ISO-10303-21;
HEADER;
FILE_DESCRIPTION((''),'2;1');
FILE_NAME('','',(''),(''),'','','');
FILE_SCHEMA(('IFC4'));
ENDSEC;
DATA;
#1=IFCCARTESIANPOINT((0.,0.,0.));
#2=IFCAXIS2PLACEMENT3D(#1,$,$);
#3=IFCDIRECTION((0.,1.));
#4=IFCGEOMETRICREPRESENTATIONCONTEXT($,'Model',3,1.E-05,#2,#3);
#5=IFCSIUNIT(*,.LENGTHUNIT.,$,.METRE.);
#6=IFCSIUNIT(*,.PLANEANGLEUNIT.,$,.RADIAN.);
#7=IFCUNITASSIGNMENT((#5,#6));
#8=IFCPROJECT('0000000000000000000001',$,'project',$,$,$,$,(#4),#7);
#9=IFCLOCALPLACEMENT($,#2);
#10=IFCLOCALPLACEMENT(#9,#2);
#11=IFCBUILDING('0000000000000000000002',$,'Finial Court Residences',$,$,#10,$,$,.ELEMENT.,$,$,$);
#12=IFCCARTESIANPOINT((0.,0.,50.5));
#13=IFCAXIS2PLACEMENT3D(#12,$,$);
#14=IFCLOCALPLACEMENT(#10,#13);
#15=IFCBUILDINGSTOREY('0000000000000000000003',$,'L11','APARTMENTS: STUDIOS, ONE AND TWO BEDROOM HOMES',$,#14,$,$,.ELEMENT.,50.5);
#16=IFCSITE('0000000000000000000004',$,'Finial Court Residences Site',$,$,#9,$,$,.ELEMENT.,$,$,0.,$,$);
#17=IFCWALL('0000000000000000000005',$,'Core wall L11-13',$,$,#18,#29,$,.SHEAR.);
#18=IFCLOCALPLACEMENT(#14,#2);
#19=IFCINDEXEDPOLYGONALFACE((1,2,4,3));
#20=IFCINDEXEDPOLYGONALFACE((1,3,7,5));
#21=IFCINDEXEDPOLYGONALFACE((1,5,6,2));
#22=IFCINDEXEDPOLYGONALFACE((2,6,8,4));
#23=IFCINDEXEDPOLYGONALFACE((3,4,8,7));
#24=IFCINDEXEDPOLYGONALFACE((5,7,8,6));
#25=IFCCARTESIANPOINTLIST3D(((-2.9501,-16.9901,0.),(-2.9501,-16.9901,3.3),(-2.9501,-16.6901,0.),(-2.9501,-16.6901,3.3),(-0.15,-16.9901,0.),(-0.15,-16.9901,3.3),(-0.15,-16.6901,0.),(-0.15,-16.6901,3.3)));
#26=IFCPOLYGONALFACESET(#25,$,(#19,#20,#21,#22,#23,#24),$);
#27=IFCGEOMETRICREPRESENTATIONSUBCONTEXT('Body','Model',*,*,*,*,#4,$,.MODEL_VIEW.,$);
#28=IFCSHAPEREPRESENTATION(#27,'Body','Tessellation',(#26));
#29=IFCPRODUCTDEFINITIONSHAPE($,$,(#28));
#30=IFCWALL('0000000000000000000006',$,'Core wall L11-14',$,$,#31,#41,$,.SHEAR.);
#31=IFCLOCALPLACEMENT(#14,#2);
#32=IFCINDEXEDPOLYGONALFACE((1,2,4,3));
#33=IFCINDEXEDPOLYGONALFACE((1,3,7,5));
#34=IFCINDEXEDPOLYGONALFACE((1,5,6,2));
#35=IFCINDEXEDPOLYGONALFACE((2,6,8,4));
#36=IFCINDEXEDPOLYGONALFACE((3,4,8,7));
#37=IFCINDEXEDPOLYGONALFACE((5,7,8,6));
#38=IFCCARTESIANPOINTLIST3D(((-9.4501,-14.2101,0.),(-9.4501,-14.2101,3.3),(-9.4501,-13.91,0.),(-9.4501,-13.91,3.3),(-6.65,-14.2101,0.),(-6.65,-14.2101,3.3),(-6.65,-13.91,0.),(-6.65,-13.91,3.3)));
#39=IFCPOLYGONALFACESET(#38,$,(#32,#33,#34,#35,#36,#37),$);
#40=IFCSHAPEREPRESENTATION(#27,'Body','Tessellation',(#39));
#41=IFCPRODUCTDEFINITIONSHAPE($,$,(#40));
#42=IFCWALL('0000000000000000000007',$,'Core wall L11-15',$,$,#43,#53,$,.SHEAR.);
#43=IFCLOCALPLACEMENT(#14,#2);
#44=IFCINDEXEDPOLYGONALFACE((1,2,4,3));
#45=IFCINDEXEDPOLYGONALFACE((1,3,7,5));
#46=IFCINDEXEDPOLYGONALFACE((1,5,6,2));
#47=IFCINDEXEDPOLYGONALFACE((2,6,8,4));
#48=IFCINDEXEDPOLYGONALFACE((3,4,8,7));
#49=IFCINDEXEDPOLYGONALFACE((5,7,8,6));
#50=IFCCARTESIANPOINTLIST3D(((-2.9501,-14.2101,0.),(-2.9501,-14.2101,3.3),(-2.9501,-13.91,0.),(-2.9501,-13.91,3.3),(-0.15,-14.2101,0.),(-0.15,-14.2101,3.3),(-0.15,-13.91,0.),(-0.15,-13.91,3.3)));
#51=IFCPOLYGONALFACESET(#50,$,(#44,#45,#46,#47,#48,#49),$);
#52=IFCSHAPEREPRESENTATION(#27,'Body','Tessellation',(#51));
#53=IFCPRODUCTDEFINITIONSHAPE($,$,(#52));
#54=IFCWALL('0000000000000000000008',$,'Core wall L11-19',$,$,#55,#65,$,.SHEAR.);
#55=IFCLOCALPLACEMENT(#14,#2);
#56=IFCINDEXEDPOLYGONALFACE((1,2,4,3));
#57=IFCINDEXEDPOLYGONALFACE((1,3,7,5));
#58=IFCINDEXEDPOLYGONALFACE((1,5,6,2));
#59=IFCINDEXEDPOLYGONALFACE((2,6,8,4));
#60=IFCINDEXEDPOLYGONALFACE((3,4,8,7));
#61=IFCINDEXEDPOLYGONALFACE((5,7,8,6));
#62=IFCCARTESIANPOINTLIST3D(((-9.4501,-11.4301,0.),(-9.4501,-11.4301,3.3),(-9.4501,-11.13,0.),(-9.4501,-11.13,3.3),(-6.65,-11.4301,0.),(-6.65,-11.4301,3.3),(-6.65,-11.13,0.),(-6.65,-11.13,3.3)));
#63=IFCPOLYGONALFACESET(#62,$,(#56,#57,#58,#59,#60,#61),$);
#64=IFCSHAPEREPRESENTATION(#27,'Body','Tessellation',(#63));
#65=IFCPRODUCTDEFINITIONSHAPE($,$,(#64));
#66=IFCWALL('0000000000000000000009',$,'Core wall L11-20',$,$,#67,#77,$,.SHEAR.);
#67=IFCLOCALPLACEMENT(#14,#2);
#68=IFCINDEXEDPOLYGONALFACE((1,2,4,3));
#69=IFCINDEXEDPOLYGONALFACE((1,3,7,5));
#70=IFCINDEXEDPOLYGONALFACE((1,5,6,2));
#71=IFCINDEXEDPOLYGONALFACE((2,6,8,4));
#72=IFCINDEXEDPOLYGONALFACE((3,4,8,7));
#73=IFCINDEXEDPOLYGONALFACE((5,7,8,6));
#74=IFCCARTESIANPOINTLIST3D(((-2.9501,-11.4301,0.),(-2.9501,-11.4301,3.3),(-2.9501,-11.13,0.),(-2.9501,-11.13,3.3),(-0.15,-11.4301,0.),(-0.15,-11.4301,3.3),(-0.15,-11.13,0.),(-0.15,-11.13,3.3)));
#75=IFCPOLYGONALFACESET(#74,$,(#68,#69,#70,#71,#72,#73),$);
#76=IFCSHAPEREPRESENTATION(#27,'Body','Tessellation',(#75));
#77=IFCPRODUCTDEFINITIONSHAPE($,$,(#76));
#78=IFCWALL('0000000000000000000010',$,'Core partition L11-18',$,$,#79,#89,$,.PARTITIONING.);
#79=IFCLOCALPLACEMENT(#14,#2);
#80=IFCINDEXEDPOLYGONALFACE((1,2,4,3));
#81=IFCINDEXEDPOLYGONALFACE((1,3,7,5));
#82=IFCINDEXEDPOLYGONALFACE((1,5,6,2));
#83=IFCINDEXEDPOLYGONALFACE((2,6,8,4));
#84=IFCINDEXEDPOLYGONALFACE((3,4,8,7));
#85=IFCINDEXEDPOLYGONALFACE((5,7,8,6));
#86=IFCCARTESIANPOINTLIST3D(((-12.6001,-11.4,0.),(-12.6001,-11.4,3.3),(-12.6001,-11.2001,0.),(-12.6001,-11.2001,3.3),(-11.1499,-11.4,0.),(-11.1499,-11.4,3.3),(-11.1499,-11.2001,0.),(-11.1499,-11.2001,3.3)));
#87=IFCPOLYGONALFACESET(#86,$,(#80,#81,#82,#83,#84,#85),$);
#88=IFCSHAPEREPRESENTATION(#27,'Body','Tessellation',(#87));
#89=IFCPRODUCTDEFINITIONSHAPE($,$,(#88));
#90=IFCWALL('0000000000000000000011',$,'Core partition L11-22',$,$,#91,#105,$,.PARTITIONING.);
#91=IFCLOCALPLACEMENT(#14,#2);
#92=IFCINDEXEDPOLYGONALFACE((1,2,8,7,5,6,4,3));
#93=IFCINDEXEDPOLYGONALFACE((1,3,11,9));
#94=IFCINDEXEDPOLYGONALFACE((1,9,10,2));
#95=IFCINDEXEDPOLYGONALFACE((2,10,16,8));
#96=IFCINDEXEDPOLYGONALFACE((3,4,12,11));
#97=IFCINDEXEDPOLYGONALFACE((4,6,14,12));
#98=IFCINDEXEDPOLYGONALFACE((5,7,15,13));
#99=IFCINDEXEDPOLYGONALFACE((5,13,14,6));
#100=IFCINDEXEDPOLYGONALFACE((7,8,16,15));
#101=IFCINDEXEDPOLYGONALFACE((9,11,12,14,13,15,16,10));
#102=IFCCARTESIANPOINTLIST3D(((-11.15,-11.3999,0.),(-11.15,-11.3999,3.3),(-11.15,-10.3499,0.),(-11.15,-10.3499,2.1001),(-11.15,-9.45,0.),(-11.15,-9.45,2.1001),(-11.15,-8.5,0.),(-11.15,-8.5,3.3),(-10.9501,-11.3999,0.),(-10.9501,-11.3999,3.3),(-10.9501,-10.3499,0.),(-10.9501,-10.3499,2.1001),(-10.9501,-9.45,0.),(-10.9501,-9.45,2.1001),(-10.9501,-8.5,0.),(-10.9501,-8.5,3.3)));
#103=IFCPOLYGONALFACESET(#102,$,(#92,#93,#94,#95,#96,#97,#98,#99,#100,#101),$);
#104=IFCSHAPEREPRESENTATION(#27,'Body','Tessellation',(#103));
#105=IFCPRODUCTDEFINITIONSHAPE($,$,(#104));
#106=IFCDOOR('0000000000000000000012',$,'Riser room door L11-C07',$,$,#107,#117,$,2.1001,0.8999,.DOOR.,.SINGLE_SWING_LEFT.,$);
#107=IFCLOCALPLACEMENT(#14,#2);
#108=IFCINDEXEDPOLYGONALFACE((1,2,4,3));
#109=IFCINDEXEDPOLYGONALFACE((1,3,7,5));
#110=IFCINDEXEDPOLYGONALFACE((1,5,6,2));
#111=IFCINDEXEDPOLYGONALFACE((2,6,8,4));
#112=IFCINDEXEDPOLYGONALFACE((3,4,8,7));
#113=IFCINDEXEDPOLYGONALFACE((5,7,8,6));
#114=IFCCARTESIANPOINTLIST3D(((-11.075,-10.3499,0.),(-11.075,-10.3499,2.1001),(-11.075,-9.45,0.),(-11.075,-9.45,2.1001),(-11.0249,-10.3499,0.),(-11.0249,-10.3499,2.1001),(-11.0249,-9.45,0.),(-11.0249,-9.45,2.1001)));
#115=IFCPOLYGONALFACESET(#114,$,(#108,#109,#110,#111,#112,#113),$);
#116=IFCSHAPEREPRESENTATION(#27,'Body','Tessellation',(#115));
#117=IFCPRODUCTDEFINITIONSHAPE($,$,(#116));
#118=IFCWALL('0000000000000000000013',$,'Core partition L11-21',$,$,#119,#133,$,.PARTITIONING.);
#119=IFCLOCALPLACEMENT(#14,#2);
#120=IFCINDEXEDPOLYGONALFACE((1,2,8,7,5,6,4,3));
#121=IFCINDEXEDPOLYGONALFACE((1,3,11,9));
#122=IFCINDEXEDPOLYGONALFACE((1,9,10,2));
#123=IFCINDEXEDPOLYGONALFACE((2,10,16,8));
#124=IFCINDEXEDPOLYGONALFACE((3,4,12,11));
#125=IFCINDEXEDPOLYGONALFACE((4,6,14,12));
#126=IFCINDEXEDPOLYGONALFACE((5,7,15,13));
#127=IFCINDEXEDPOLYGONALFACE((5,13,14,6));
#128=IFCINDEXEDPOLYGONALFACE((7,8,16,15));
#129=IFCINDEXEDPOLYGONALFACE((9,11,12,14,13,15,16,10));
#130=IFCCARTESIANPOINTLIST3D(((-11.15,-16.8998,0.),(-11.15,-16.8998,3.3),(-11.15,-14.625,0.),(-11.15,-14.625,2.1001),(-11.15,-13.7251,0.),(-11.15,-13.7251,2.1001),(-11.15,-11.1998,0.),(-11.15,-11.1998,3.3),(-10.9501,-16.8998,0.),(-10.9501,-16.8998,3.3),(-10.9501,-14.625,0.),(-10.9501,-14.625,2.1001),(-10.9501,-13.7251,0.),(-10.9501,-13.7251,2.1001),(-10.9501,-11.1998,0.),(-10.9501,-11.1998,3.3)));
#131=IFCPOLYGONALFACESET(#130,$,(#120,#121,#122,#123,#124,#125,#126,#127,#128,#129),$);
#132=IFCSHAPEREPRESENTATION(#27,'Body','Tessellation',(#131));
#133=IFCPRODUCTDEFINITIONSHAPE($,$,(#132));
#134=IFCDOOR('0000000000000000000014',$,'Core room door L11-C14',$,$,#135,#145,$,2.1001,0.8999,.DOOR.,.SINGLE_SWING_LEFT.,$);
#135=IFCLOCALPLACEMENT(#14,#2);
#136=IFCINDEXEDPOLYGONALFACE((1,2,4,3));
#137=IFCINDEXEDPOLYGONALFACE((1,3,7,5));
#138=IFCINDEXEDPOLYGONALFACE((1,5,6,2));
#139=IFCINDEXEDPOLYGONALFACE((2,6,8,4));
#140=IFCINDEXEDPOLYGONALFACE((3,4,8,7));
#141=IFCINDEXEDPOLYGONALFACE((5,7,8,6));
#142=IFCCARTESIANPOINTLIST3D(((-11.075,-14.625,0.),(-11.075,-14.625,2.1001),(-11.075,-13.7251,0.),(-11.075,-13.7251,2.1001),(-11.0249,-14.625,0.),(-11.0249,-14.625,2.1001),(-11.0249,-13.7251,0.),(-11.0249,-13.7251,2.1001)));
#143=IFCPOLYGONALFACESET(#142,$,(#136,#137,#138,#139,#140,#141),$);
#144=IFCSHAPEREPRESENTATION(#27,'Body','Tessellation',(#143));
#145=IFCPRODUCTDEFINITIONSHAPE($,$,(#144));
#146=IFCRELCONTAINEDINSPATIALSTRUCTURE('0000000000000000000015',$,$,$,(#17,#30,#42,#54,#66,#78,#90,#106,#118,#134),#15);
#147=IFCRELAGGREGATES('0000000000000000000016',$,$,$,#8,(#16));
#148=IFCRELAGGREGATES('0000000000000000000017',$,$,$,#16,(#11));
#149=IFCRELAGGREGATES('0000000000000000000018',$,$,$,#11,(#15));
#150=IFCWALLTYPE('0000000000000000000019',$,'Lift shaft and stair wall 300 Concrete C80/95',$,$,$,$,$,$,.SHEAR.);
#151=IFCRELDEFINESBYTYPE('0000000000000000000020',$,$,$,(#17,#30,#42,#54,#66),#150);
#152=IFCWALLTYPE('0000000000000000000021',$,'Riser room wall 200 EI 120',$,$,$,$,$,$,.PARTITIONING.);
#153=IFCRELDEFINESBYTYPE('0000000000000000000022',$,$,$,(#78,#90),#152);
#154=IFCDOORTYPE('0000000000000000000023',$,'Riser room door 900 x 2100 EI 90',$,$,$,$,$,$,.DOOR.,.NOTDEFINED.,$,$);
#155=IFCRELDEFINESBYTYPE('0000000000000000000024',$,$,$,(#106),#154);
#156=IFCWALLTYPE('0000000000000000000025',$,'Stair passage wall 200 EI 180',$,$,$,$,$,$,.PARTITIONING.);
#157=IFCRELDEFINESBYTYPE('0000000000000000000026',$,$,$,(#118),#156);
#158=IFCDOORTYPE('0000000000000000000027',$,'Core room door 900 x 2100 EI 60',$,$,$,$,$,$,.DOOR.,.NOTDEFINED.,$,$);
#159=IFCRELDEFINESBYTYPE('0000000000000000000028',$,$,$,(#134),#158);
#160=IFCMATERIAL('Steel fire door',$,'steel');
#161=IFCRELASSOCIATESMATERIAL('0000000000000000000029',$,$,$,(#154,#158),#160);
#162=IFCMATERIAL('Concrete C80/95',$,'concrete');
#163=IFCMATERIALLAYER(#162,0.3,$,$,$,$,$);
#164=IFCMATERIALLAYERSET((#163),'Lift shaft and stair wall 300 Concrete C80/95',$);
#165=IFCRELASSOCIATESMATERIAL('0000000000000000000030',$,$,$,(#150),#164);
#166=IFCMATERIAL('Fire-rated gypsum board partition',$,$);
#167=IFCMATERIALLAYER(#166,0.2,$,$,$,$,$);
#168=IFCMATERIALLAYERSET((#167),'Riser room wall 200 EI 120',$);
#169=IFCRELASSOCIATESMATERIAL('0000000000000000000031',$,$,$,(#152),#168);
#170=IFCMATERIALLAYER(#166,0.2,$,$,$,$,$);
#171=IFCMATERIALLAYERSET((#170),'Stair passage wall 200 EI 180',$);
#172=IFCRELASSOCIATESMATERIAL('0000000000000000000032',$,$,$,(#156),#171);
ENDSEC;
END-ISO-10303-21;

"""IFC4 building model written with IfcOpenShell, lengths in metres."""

from ifc_helpers import new_model, si_unit, direction, frame, frame_2d, origin, place, context, subcontext, project, spatial, rectangle, extrude, material, layer, layer_set, type_object, element, fill, save


model = new_model("IFC4")

# Units and contexts
model_context = context("Model", 3, precision=1e-05, world=origin(), true_north=direction((0.0, 1.0)))
body_context = subcontext(model_context, "Body", "Model", "MODEL_VIEW")
ifc_project = project(units=[si_unit("LENGTHUNIT", "METRE"), si_unit("PLANEANGLEUNIT", "RADIAN")], contexts=[model_context])

# Site, building, storey
site_placement = place(None, origin())
site = spatial("IfcSite", under=ifc_project, at=site_placement, Name="Finial Court Residences Site", CompositionType="ELEMENT", RefElevation=0.0)
building_placement = place(site_placement, origin())
building = spatial("IfcBuilding", under=site, at=building_placement, Name="Finial Court Residences", CompositionType="ELEMENT")
storey_placement = place(building_placement, frame((0.0, 0.0, 50.5)))
storey = spatial("IfcBuildingStorey", under=building, at=storey_placement, Name="L11", Description="APARTMENTS: STUDIOS, ONE AND TWO BEDROOM HOMES", CompositionType="ELEMENT", Elevation=50.5)

# Shared definitions
ifc_material_1 = material(Name="Concrete C80/95", Category="concrete")

# Shared definitions
ifc_material_2 = material(Name="Steel fire door", Category="steel")
door_type_1 = type_object("IfcDoorType", Name="Riser room door 900 x 2100 EI 90", OperationType="NOTDEFINED", PredefinedType="DOOR", material=ifc_material_2)

# Walls
ifc_layer_1 = layer(ifc_material_1, 0.3)
ifc_layer_set_1 = layer_set([ifc_layer_1], Name="Lift shaft and stair wall 300 Concrete C80/95")
wall_type_1 = type_object("IfcWallType", Name="Lift shaft and stair wall 300 Concrete C80/95", PredefinedType="SHEAR", material=ifc_layer_set_1)
for number, where, z_axis, x_axis, name in (
    (1, (-2.95, -16.8401, 0.0), (0.0, 0.0, 1.0), (1.0, 0.0, 0.0), "Core wall L11-13"),
    (2, (-9.45, -14.0601, 0.0), (0.0, 0.0, 1.0), (1.0, 0.0, 0.0), "Core wall L11-14"),
    (3, (-2.95, -14.0601, 0.0), (0.0, 0.0, 1.0), (1.0, 0.0, 0.0), "Core wall L11-15"),
    (4, (-9.45, -11.28, 0.0), (0.0, 0.0, 1.0), (1.0, 0.0, 0.0), "Core wall L11-19"),
    (5, (-2.95, -11.28, 0.0), (0.0, 0.0, 1.0), (1.0, 0.0, 0.0), "Core wall L11-20"),
):
    element("IfcWall", number, at=place(storey_placement, frame(where, z_axis=z_axis, x_axis=x_axis)), inside=storey, type_object=wall_type_1, Name=name, PredefinedType="SHEAR", context=body_context, shape_type="SweptSolid", body=[
        extrude(rectangle(XDim=2.8, YDim=0.3, at=frame_2d((1.3999, 0.0))), origin(), (0.0, 0.0, 1.0), 3.3),
    ])
ifc_material_3 = material(Name="Fire-rated gypsum board partition")
ifc_layer_2 = layer(ifc_material_3, 0.2)
ifc_layer_set_2 = layer_set([ifc_layer_2], Name="Riser room wall 200 EI 120")
wall_type_2 = type_object("IfcWallType", Name="Riser room wall 200 EI 120", PredefinedType="PARTITIONING", material=ifc_layer_set_2)
wall_1_placement = place(storey_placement, frame((-12.6001, -11.3, 0.0), z_axis=(0.0, 0.0, 1.0), x_axis=(1.0, 0.0, 0.0)))
element("IfcWall", 6, at=wall_1_placement, inside=storey, type_object=wall_type_2, Name="Core partition L11-18", PredefinedType="PARTITIONING", context=body_context, shape_type="SweptSolid", body=[
    extrude(rectangle(XDim=1.4502, YDim=0.2, at=frame_2d((0.7251, 0.0))), origin(), (0.0, 0.0, 1.0), 3.3),
])

# Walls, openings, doors
wall_2_placement = place(storey_placement, frame((-11.05, -11.3999, 0.0), z_axis=(0.0, 0.0, 1.0), x_axis=(0.0, 1.0, 0.0)))
wall_2 = element("IfcWall", 7, at=wall_2_placement, inside=storey, type_object=wall_type_2, Name="Core partition L11-22", PredefinedType="PARTITIONING", context=body_context, shape_type="SweptSolid", body=[
    extrude(rectangle(XDim=2.8999, YDim=0.2, at=frame_2d((1.45, 0.0))), origin(), (0.0, 0.0, 1.0), 3.3),
])
opening_1_placement = place(wall_2_placement, frame((1.05, 0.0, 0.0)))
opening_1 = element("IfcOpeningElement", 8, at=opening_1_placement, cuts=wall_2, PredefinedType="OPENING", context=body_context, shape_type="SweptSolid", body=[
    extrude(rectangle(XDim=0.8999, YDim=2.1001, at=frame_2d((0.45, 1.05))), frame((0.0, 0.1099, 0.0), z_axis=(0.0, -1.0, 0.0), x_axis=(1.0, 0.0, 0.0)), (0.0, 0.0, 1.0), 0.22),
])
door_1_placement = place(opening_1_placement, origin())
door_1 = element("IfcDoor", 9, at=door_1_placement, inside=storey, type_object=door_type_1, Name="Riser room door L11-C07", OperationType="SINGLE_SWING_LEFT", OverallHeight=2.1001, OverallWidth=0.8999, PredefinedType="DOOR", context=body_context, shape_type="SweptSolid", body=[
    extrude(rectangle(XDim=0.8999, YDim=2.1001, at=frame_2d((0.45, 1.05))), frame((0.0, 0.0249, 0.0), z_axis=(0.0, -1.0, 0.0), x_axis=(1.0, 0.0, 0.0)), (0.0, 0.0, 1.0), 0.05),
])
fill(opening_1, door_1)
ifc_layer_3 = layer(ifc_material_3, 0.2)
ifc_layer_set_3 = layer_set([ifc_layer_3], Name="Stair passage wall 200 EI 180")
wall_type_3 = type_object("IfcWallType", Name="Stair passage wall 200 EI 180", PredefinedType="PARTITIONING", material=ifc_layer_set_3)
wall_3_placement = place(storey_placement, frame((-11.05, -16.8999, 0.0), z_axis=(0.0, 0.0, 1.0), x_axis=(0.0, 1.0, 0.0)))
wall_3 = element("IfcWall", 10, at=wall_3_placement, inside=storey, type_object=wall_type_3, Name="Core partition L11-21", PredefinedType="PARTITIONING", context=body_context, shape_type="SweptSolid", body=[
    extrude(rectangle(XDim=5.7, YDim=0.2, at=frame_2d((2.8501, 0.0))), origin(), (0.0, 0.0, 1.0), 3.3),
])
opening_2_placement = place(wall_3_placement, frame((2.2749, 0.0, 0.0)))
opening_2 = element("IfcOpeningElement", 11, at=opening_2_placement, cuts=wall_3, PredefinedType="OPENING", context=body_context, shape_type="SweptSolid", body=[
    extrude(rectangle(XDim=0.8999, YDim=2.1001, at=frame_2d((0.45, 1.05))), frame((0.0, 0.1099, 0.0), z_axis=(0.0, -1.0, 0.0), x_axis=(1.0, 0.0, 0.0)), (0.0, 0.0, 1.0), 0.22),
])
door_type_2 = type_object("IfcDoorType", Name="Core room door 900 x 2100 EI 60", OperationType="NOTDEFINED", PredefinedType="DOOR", material=ifc_material_2)
door_2_placement = place(opening_2_placement, origin())
door_2 = element("IfcDoor", 12, at=door_2_placement, inside=storey, type_object=door_type_2, Name="Core room door L11-C14", OperationType="SINGLE_SWING_LEFT", OverallHeight=2.1001, OverallWidth=0.8999, PredefinedType="DOOR", context=body_context, shape_type="SweptSolid", body=[
    extrude(rectangle(XDim=0.8999, YDim=2.1001, at=frame_2d((0.45, 1.05))), frame((0.0, 0.0249, 0.0), z_axis=(0.0, -1.0, 0.0), x_axis=(1.0, 0.0, 0.0)), (0.0, 0.0, 1.0), 0.05),
])
fill(opening_2, door_2)

save(model, "model.ifc")
